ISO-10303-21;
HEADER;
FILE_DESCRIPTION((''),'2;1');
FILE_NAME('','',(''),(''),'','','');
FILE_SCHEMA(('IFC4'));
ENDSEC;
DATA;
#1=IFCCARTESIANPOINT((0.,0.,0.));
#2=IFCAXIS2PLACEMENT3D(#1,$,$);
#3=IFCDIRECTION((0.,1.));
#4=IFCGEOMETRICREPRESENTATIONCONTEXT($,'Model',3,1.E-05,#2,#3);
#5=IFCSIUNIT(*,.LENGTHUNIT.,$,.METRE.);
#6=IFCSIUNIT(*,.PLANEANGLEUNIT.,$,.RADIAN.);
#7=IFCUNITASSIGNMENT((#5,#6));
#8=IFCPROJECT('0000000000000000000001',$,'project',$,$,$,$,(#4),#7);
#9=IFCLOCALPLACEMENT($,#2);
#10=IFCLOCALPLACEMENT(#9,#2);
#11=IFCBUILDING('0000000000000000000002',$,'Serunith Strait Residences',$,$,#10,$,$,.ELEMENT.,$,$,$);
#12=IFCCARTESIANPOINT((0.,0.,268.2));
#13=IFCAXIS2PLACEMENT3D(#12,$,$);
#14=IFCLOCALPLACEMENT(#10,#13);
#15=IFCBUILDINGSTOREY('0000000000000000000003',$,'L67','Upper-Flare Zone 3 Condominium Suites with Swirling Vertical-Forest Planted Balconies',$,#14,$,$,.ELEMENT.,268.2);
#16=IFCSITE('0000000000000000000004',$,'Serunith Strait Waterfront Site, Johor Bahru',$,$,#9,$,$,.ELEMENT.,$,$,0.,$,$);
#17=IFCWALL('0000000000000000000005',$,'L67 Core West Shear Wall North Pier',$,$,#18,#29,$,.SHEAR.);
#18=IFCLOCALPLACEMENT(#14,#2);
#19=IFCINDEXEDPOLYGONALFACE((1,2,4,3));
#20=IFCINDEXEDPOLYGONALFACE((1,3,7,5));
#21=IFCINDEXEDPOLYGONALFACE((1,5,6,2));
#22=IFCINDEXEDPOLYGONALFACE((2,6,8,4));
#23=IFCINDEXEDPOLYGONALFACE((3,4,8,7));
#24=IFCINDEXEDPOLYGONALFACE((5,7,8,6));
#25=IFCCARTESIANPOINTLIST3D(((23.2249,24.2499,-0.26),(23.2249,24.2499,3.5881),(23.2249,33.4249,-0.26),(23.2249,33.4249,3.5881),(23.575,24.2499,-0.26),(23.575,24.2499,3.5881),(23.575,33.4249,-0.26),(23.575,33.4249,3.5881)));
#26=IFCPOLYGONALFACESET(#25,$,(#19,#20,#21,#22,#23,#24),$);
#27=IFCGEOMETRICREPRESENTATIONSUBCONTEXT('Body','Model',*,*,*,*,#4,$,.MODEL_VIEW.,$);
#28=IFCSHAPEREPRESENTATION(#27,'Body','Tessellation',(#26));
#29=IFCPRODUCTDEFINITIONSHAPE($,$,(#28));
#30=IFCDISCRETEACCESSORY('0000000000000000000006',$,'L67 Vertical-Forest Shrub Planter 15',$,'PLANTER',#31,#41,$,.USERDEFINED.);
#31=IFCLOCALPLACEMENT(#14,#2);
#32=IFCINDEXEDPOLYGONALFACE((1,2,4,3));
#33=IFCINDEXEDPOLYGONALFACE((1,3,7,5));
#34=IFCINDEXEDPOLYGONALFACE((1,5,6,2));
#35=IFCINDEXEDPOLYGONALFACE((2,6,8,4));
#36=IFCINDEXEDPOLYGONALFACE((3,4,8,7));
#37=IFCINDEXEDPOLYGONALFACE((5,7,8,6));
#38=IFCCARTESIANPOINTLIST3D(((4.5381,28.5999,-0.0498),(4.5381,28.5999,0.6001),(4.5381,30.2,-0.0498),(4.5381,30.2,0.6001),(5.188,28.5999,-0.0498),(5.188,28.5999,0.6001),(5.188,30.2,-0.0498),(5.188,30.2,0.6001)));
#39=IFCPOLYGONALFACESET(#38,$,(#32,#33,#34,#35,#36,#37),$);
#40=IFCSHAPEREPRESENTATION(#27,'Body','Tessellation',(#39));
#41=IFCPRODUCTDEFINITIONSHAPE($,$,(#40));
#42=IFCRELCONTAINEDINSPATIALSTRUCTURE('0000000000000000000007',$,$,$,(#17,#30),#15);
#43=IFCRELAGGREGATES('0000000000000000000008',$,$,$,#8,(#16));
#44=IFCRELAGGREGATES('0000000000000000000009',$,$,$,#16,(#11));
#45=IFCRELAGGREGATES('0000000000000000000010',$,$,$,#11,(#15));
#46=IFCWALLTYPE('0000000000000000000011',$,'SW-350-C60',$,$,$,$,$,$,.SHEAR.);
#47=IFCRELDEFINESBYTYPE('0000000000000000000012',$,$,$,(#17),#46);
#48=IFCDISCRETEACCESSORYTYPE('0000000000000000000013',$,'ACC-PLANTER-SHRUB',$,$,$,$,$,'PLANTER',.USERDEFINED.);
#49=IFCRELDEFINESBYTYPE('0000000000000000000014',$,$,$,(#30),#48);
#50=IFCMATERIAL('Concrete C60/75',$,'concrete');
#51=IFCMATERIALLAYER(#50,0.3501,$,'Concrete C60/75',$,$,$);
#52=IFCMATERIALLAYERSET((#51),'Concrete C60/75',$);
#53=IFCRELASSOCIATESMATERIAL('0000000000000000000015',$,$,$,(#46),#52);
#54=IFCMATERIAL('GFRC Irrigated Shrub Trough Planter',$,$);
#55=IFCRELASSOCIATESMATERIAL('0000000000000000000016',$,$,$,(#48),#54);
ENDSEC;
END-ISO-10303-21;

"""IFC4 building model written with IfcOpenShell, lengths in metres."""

from ifc_helpers import new_model, si_unit, direction, frame, frame_2d, origin, origin_2d, place, context, subcontext, project, spatial, rectangle, extrude, source, transform, mapped, material, layer, layer_set, type_object, element, save


model = new_model("IFC4")

# Units and contexts
model_context = context("Model", 3, precision=1e-05, world=origin(), true_north=direction((0.0, 1.0)))
body_context = subcontext(model_context, "Body", "Model", "MODEL_VIEW")
ifc_project = project(units=[si_unit("LENGTHUNIT", "METRE"), si_unit("PLANEANGLEUNIT", "RADIAN")], contexts=[model_context])

# Site, building, storey
site_placement = place(None, origin())
site = spatial("IfcSite", under=ifc_project, at=site_placement, Name="Serunith Strait Waterfront Site, Johor Bahru", CompositionType="ELEMENT", RefElevation=0.0)
building_placement = place(site_placement, origin())
building = spatial("IfcBuilding", under=site, at=building_placement, Name="Serunith Strait Residences", CompositionType="ELEMENT")
storey_placement = place(building_placement, frame((0.0, 0.0, 268.2)))
storey = spatial("IfcBuildingStorey", under=building, at=storey_placement, Name="L67", Description="Upper-Flare Zone 3 Condominium Suites with Swirling Vertical-Forest Planted Balconies", CompositionType="ELEMENT", Elevation=268.2)

# Wall
ifc_material_1 = material(Name="Concrete C60/75", Category="concrete")
ifc_layer_1 = layer(ifc_material_1, 0.3501, Name="Concrete C60/75")
ifc_layer_set_1 = layer_set([ifc_layer_1], Name="Concrete C60/75")
wall_type_1 = type_object("IfcWallType", Name="SW-350-C60", PredefinedType="SHEAR", material=ifc_layer_set_1)
wall_1_placement = place(storey_placement, frame((23.3999, 24.25, -0.26), z_axis=(0.0, 0.0, 1.0), x_axis=(0.0, 1.0, 0.0)))
element("IfcWall", 1, at=wall_1_placement, inside=storey, type_object=wall_type_1, Name="L67 Core West Shear Wall North Pier", PredefinedType="SHEAR", context=body_context, shape_type="SweptSolid", body=[
    extrude(rectangle(XDim=9.175, YDim=0.3501, at=frame_2d((4.5874, 0.0))), origin(), (0.0, 0.0, 1.0), 3.8481),
])

# Discrete accessory
ifc_material_2 = material(Name="GFRC Irrigated Shrub Trough Planter")
discrete_accessory_type = type_object("IfcDiscreteAccessoryType", Name="ACC-PLANTER-SHRUB", ElementType="PLANTER", PredefinedType="USERDEFINED", material=ifc_material_2)
shared_shape_1 = source(origin(), body_context, "Body", "SweptSolid", [
    extrude(rectangle(XDim=1.6001, YDim=0.6499, at=origin_2d()), origin(), (0.0, 0.0, 1.0), 0.6499),
])
discrete_accessory_placement = place(storey_placement, frame((4.863, 29.3999, -0.0498), z_axis=(0.0, 0.0, 1.0), x_axis=(0.0, -1.0, 0.0)))
element("IfcDiscreteAccessory", 2, at=discrete_accessory_placement, inside=storey, type_object=discrete_accessory_type, Name="L67 Vertical-Forest Shrub Planter 15", ObjectType="PLANTER", PredefinedType="USERDEFINED", context=body_context, shape_type="MappedRepresentation", body=[
    mapped(shared_shape_1, transform((0.0, 0.0, 0.0), scale=1.0)),
])

save(model, "model.ifc")
